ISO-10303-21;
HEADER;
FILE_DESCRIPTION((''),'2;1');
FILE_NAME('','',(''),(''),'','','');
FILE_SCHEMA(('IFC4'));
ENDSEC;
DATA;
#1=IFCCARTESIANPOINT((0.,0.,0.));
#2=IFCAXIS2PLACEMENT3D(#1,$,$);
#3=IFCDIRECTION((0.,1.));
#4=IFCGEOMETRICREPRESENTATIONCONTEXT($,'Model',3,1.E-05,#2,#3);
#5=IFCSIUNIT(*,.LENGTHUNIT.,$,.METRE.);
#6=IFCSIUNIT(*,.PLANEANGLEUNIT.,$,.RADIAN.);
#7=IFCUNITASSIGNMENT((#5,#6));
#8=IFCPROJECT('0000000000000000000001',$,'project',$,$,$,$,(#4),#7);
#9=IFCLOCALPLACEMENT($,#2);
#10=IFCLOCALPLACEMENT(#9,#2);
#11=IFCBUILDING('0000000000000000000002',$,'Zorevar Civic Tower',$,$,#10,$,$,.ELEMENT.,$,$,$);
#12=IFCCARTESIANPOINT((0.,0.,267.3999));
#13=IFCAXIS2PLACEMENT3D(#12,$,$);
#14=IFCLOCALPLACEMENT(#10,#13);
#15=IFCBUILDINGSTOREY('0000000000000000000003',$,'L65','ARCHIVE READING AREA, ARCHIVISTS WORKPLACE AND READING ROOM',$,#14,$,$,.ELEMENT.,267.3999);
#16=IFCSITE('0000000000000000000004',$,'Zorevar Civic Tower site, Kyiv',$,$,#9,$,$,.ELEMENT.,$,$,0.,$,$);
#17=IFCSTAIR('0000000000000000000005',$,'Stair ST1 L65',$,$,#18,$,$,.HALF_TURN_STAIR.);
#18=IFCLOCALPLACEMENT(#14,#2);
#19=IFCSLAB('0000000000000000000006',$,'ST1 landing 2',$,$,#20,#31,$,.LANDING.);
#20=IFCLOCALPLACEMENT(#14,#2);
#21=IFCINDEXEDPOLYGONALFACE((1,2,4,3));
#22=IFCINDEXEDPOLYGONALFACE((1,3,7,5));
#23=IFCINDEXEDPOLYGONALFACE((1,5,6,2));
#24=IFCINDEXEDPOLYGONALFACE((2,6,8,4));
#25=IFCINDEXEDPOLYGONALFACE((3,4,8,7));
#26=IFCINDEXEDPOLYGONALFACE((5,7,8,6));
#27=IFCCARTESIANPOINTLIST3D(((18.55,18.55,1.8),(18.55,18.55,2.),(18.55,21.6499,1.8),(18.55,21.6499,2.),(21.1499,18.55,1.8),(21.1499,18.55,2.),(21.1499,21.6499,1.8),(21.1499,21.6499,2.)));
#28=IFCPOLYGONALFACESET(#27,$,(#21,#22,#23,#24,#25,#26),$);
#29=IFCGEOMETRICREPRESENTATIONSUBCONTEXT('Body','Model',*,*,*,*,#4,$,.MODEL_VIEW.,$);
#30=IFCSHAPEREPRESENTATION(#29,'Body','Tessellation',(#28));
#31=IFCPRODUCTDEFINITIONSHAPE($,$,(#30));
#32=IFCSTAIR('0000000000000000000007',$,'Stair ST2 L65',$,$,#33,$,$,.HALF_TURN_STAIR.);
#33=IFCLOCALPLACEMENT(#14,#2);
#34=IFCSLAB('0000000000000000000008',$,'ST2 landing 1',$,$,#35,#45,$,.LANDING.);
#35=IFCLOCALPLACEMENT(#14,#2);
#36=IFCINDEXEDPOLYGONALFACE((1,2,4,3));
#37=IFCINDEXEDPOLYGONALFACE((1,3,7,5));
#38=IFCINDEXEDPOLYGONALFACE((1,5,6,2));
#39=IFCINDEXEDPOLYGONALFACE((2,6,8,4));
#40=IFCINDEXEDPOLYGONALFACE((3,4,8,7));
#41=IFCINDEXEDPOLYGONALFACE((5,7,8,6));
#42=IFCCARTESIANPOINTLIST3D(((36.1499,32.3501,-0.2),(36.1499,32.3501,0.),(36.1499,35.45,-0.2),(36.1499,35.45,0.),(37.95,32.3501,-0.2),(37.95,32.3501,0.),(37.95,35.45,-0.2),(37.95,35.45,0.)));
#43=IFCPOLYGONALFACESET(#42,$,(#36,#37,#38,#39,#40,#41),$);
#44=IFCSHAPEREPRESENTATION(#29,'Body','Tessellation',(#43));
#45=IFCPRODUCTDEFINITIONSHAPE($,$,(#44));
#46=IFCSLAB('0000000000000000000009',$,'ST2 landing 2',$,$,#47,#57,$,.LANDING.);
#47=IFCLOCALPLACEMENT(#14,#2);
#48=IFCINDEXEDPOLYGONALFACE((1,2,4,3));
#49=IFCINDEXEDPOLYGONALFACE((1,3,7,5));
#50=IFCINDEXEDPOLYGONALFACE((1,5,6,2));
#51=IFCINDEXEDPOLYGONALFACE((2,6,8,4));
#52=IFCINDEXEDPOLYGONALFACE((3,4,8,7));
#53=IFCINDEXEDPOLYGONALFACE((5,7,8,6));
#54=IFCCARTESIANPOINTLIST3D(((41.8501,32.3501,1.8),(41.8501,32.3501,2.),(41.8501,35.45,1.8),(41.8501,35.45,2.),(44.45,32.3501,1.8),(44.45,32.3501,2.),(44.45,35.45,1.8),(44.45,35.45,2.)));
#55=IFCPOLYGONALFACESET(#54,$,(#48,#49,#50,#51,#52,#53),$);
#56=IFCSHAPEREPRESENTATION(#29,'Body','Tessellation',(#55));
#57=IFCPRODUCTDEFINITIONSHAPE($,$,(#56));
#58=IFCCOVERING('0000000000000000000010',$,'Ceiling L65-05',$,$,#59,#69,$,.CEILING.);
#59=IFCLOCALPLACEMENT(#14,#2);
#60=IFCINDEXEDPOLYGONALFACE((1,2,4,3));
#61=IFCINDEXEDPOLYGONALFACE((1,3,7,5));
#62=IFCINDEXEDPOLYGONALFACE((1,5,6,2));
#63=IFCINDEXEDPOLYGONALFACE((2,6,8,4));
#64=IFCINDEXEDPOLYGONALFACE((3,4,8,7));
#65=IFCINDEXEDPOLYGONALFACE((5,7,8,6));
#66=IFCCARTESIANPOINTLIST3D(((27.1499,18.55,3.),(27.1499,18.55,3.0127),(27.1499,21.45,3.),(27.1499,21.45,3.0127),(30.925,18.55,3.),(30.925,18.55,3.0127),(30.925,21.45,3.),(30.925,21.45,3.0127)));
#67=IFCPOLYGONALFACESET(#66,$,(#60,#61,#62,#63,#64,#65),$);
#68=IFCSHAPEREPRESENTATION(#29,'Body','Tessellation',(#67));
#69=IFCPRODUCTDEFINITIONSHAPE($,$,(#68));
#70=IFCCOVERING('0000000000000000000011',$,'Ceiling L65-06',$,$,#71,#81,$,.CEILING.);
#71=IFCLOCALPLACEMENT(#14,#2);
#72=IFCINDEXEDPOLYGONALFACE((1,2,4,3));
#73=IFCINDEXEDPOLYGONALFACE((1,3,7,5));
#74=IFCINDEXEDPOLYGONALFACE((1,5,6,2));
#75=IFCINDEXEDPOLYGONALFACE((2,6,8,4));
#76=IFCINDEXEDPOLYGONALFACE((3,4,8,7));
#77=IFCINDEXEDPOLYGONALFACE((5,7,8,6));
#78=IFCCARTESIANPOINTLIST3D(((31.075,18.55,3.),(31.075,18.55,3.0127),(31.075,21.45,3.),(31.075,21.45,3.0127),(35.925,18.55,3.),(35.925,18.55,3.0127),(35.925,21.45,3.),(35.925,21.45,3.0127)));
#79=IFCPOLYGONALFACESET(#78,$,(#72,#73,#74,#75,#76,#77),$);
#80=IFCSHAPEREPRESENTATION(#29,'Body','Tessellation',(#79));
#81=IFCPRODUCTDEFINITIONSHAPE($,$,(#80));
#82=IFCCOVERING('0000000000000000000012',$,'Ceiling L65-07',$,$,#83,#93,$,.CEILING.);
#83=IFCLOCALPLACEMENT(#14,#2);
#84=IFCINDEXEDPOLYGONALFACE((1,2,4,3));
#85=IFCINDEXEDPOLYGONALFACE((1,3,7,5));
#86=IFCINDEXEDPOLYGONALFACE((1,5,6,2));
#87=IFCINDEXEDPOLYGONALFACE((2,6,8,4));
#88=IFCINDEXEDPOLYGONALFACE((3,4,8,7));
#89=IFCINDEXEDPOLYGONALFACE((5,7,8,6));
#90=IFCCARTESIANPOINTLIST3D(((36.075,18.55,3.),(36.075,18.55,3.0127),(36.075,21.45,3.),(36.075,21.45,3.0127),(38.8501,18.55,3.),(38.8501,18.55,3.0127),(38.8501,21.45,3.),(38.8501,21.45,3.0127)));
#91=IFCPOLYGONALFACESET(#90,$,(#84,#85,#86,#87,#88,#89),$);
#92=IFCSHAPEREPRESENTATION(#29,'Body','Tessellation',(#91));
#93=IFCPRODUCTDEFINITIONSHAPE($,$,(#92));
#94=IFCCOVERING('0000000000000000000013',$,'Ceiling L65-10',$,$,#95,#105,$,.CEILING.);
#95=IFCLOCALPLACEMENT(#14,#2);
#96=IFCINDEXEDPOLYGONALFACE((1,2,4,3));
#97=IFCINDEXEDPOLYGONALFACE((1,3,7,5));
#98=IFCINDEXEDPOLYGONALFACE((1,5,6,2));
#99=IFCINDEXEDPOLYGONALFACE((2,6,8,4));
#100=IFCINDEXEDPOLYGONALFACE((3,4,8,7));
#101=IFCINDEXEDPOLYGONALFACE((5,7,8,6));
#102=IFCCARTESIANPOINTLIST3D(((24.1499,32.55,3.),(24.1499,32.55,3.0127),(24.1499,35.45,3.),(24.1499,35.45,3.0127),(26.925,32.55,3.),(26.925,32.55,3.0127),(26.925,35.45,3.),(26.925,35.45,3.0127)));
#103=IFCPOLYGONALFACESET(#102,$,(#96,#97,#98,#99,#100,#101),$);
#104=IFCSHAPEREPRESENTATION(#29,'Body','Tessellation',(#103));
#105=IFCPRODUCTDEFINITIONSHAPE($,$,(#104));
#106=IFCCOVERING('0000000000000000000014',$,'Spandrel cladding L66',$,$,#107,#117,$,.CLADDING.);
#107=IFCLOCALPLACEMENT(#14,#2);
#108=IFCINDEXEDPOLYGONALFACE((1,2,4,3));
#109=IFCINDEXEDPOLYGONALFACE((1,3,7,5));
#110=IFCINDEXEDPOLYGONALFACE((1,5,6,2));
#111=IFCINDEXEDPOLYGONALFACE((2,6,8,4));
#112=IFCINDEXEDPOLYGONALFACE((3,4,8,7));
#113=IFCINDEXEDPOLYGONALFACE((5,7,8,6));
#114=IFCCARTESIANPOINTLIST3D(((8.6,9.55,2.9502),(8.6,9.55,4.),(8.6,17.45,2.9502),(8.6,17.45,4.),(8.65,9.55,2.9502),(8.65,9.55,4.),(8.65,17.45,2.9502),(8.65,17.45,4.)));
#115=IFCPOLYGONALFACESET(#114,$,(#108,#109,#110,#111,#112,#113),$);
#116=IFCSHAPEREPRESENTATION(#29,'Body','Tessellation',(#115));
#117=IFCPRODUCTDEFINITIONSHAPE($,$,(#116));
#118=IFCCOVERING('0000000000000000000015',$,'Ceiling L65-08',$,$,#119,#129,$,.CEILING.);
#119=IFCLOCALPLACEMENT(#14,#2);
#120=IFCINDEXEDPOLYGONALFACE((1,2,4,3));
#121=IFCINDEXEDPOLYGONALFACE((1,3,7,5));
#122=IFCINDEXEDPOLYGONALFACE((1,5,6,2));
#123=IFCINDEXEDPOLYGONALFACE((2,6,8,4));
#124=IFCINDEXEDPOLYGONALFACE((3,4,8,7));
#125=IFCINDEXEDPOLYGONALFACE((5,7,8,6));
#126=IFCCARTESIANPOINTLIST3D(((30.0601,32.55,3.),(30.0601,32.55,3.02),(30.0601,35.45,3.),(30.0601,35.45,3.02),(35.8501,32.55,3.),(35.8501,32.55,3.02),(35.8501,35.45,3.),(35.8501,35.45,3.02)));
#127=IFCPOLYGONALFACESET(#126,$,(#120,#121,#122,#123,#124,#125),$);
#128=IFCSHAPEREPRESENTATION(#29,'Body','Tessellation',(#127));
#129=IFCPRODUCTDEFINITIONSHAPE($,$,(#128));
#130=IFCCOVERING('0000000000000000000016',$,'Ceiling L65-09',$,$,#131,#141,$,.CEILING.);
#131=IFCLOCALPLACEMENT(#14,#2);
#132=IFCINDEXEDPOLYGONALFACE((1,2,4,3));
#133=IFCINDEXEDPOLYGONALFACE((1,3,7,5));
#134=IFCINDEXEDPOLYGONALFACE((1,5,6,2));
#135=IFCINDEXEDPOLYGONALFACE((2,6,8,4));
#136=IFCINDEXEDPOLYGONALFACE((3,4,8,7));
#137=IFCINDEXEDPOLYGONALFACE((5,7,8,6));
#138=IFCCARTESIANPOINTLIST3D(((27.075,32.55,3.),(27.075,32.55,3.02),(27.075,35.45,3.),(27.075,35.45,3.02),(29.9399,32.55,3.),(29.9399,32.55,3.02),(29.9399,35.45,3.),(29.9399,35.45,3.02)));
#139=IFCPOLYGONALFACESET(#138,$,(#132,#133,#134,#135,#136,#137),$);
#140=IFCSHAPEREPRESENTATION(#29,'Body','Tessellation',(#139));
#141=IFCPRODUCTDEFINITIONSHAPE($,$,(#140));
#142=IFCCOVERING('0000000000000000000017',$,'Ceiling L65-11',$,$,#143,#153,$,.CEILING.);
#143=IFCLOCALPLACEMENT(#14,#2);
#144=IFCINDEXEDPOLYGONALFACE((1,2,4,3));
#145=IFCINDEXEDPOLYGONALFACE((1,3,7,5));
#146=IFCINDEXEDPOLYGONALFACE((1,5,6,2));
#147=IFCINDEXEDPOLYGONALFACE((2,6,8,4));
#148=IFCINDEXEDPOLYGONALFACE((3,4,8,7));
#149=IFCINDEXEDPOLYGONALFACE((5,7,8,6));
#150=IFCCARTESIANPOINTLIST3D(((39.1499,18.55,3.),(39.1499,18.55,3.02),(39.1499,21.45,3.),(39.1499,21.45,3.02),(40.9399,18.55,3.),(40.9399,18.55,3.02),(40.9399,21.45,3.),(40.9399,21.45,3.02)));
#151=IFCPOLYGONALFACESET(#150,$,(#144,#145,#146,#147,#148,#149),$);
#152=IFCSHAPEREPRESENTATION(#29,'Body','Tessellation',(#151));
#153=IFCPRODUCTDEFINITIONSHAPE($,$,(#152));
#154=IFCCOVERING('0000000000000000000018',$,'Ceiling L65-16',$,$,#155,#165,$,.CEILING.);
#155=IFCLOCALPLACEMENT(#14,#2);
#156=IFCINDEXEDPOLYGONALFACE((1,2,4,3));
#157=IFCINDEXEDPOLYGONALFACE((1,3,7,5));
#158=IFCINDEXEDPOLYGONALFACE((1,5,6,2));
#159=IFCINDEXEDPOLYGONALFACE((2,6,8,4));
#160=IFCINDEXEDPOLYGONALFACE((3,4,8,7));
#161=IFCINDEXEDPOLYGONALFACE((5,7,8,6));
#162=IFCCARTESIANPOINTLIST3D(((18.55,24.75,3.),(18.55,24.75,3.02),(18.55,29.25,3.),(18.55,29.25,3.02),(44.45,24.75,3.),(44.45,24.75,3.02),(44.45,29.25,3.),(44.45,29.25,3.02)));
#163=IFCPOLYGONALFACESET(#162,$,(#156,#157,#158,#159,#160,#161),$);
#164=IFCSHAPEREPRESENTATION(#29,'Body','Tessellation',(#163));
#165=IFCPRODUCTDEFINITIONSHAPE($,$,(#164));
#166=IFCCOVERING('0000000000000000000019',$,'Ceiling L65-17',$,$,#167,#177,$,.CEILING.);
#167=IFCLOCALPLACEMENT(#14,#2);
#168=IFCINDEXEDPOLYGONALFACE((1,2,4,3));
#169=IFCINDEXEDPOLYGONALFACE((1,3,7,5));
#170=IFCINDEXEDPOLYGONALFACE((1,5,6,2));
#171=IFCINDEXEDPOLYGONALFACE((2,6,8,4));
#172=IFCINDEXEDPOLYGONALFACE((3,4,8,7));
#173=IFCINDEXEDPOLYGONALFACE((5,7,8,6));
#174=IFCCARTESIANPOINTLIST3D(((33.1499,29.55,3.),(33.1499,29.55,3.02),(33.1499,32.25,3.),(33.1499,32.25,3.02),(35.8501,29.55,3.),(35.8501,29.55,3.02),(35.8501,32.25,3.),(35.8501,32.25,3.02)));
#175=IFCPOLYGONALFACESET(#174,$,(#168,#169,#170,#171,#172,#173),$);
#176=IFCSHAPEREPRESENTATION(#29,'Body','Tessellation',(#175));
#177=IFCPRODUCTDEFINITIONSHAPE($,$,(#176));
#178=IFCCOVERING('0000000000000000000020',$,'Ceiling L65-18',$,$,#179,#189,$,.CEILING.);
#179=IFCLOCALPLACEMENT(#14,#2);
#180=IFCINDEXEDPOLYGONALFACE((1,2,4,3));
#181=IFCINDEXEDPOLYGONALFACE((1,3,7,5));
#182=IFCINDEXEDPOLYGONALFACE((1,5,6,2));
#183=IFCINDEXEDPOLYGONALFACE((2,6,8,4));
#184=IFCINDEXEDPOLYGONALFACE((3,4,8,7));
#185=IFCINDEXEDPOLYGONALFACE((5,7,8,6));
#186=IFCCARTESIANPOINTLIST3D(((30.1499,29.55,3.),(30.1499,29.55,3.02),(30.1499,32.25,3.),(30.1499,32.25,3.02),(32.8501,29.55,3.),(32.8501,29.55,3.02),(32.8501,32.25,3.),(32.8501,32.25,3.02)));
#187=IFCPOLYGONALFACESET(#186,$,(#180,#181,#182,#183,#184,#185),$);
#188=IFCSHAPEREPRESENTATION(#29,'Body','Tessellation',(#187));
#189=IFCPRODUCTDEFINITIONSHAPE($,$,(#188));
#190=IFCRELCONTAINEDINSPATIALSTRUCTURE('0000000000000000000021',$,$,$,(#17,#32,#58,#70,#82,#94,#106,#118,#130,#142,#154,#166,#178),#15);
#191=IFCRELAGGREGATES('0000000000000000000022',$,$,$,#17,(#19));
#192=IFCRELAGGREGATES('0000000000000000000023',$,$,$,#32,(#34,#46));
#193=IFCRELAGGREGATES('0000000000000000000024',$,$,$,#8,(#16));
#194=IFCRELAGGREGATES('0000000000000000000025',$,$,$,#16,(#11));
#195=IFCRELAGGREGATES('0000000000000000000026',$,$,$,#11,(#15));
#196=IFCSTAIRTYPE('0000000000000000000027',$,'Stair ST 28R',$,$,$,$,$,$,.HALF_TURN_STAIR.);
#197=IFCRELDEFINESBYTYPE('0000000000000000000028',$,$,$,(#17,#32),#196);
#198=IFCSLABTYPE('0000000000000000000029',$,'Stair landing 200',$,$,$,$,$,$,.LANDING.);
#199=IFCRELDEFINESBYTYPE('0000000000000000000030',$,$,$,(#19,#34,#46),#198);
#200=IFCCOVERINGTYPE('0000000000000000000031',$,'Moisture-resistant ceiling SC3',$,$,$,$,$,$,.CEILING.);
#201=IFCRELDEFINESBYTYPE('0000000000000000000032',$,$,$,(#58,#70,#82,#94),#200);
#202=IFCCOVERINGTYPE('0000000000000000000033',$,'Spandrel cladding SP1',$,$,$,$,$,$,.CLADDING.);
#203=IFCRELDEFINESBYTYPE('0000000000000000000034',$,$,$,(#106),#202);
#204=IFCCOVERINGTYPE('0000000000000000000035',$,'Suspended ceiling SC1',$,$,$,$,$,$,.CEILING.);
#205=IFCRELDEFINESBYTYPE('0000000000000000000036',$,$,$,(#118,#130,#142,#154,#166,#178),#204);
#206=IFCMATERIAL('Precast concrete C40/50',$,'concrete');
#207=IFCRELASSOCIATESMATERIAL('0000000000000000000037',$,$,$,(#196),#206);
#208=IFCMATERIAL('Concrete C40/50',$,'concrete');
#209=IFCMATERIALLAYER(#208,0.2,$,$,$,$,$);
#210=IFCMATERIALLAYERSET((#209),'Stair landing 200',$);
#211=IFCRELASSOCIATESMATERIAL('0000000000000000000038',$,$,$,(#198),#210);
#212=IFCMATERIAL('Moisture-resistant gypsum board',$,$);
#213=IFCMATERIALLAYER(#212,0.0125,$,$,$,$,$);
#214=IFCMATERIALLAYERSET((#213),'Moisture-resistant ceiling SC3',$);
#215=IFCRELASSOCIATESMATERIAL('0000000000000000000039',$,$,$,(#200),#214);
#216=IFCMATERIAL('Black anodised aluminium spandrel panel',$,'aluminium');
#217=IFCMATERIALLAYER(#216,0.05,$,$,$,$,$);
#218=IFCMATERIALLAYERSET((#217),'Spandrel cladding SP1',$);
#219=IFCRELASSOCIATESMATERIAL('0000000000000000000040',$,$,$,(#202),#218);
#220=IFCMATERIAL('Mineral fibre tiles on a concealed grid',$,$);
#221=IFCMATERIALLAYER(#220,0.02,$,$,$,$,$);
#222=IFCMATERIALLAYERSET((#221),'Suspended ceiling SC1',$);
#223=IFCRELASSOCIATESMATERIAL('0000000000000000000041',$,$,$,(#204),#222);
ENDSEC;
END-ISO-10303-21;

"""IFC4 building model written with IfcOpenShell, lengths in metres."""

from ifc_helpers import new_model, si_unit, direction, frame, frame_2d, origin, place, context, subcontext, project, spatial, polyline, rectangle, outline, extrude, material, layer, layer_set, type_object, element, aggregate, save


model = new_model("IFC4")

# Units and contexts
model_context = context("Model", 3, precision=1e-05, world=origin(), true_north=direction((0.0, 1.0)))
body_context = subcontext(model_context, "Body", "Model", "MODEL_VIEW")
ifc_project = project(units=[si_unit("LENGTHUNIT", "METRE"), si_unit("PLANEANGLEUNIT", "RADIAN")], contexts=[model_context])

# Site, building, storey
site_placement = place(None, origin())
site = spatial("IfcSite", under=ifc_project, at=site_placement, Name="Zorevar Civic Tower site, Kyiv", CompositionType="ELEMENT", RefElevation=0.0)
building_placement = place(site_placement, origin())
building = spatial("IfcBuilding", under=site, at=building_placement, Name="Zorevar Civic Tower", CompositionType="ELEMENT")
storey_placement = place(building_placement, frame((0.0, 0.0, 267.3999)))
storey = spatial("IfcBuildingStorey", under=building, at=storey_placement, Name="L65", Description="ARCHIVE READING AREA, ARCHIVISTS WORKPLACE AND READING ROOM", CompositionType="ELEMENT", Elevation=267.3999)

# Stairs, slabs
ifc_material_1 = material(Name="Precast concrete C40/50", Category="concrete")
stair_type = type_object("IfcStairType", Name="Stair ST 28R", PredefinedType="HALF_TURN_STAIR", material=ifc_material_1)
stair_1_placement = place(storey_placement, origin())
stair_1 = element("IfcStair", 1, at=stair_1_placement, inside=storey, type_object=stair_type, Name="Stair ST1 L65", PredefinedType="HALF_TURN_STAIR")
ifc_material_2 = material(Name="Concrete C40/50", Category="concrete")
ifc_layer_1 = layer(ifc_material_2, 0.2)
ifc_layer_set_1 = layer_set([ifc_layer_1], Name="Stair landing 200")
slab_type_1 = type_object("IfcSlabType", Name="Stair landing 200", PredefinedType="LANDING", material=ifc_layer_set_1)
slab_1_placement = place(storey_placement, frame((0.0, 0.0, 1.8)))
slab_1 = element("IfcSlab", 2, at=slab_1_placement, type_object=slab_type_1, Name="ST1 landing 2", PredefinedType="LANDING", context=body_context, shape_type="SweptSolid", body=[
    extrude(outline(polyline([(18.55, 18.55), (21.1499, 18.55), (21.1499, 21.6499), (18.55, 21.6499), (18.55, 18.55)])), origin(), (0.0, 0.0, 1.0), 0.2),
])
aggregate(stair_1, [slab_1])
stair_2_placement = place(storey_placement, origin())
stair_2 = element("IfcStair", 3, at=stair_2_placement, inside=storey, type_object=stair_type, Name="Stair ST2 L65", PredefinedType="HALF_TURN_STAIR")
slab_2_placement = place(storey_placement, frame((0.0, 0.0, -0.2)))
slab_2 = element("IfcSlab", 4, at=slab_2_placement, type_object=slab_type_1, Name="ST2 landing 1", PredefinedType="LANDING", context=body_context, shape_type="SweptSolid", body=[
    extrude(outline(polyline([(37.95, 32.3501), (36.1499, 32.3501), (36.1499, 35.45), (37.95, 35.45), (37.95, 32.3501)])), origin(), (0.0, 0.0, 1.0), 0.2),
])
slab_3_placement = place(storey_placement, frame((0.0, 0.0, 1.8)))
slab_3 = element("IfcSlab", 5, at=slab_3_placement, type_object=slab_type_1, Name="ST2 landing 2", PredefinedType="LANDING", context=body_context, shape_type="SweptSolid", body=[
    extrude(outline(polyline([(44.45, 32.3501), (41.8501, 32.3501), (41.8501, 35.45), (44.45, 35.45), (44.45, 32.3501)])), origin(), (0.0, 0.0, 1.0), 0.2),
])
aggregate(stair_2, [slab_2, slab_3])

# Coverings
ifc_material_3 = material(Name="Moisture-resistant gypsum board")
ifc_layer_2 = layer(ifc_material_3, 0.0125)
ifc_layer_set_2 = layer_set([ifc_layer_2], Name="Moisture-resistant ceiling SC3")
covering_type_1 = type_object("IfcCoveringType", Name="Moisture-resistant ceiling SC3", PredefinedType="CEILING", material=ifc_layer_set_2)
covering_1_placement = place(storey_placement, frame((0.0, 0.0, 3.0)))
element("IfcCovering", 6, at=covering_1_placement, inside=storey, type_object=covering_type_1, Name="Ceiling L65-05", PredefinedType="CEILING", context=body_context, shape_type="SweptSolid", body=[
    extrude(outline(polyline([(30.925, 18.55), (30.925, 21.45), (27.1499, 21.45), (27.1499, 18.55), (30.925, 18.55)])), origin(), (0.0, 0.0, 1.0), 0.0127),
])
covering_2_placement = place(storey_placement, frame((0.0, 0.0, 3.0)))
element("IfcCovering", 7, at=covering_2_placement, inside=storey, type_object=covering_type_1, Name="Ceiling L65-06", PredefinedType="CEILING", context=body_context, shape_type="SweptSolid", body=[
    extrude(outline(polyline([(35.925, 18.55), (35.925, 21.45), (31.075, 21.45), (31.075, 18.55), (35.925, 18.55)])), origin(), (0.0, 0.0, 1.0), 0.0127),
])
covering_3_placement = place(storey_placement, frame((0.0, 0.0, 3.0)))
element("IfcCovering", 8, at=covering_3_placement, inside=storey, type_object=covering_type_1, Name="Ceiling L65-07", PredefinedType="CEILING", context=body_context, shape_type="SweptSolid", body=[
    extrude(outline(polyline([(38.8501, 18.55), (38.8501, 21.45), (36.075, 21.45), (36.075, 18.55), (38.8501, 18.55)])), origin(), (0.0, 0.0, 1.0), 0.0127),
])
covering_4_placement = place(storey_placement, frame((0.0, 0.0, 3.0)))
element("IfcCovering", 9, at=covering_4_placement, inside=storey, type_object=covering_type_1, Name="Ceiling L65-10", PredefinedType="CEILING", context=body_context, shape_type="SweptSolid", body=[
    extrude(outline(polyline([(26.925, 32.55), (26.925, 35.45), (24.1499, 35.45), (24.1499, 32.55), (26.925, 32.55)])), origin(), (0.0, 0.0, 1.0), 0.0127),
])
ifc_material_4 = material(Name="Black anodised aluminium spandrel panel", Category="aluminium")
ifc_layer_3 = layer(ifc_material_4, 0.05)
ifc_layer_set_3 = layer_set([ifc_layer_3], Name="Spandrel cladding SP1")
covering_type_2 = type_object("IfcCoveringType", Name="Spandrel cladding SP1", PredefinedType="CLADDING", material=ifc_layer_set_3)
covering_5_placement = place(storey_placement, frame((8.625, 9.55, 2.9502), z_axis=(0.0, 0.0, 1.0), x_axis=(0.0, 1.0, 0.0)))
element("IfcCovering", 10, at=covering_5_placement, inside=storey, type_object=covering_type_2, Name="Spandrel cladding L66", PredefinedType="CLADDING", context=body_context, shape_type="SweptSolid", body=[
    extrude(rectangle(XDim=7.8999, YDim=0.05, at=frame_2d((3.95, 0.0))), origin(), (0.0, 0.0, 1.0), 1.0498),
])
ifc_material_5 = material(Name="Mineral fibre tiles on a concealed grid")
ifc_layer_4 = layer(ifc_material_5, 0.02)
ifc_layer_set_4 = layer_set([ifc_layer_4], Name="Suspended ceiling SC1")
covering_type_3 = type_object("IfcCoveringType", Name="Suspended ceiling SC1", PredefinedType="CEILING", material=ifc_layer_set_4)
covering_6_placement = place(storey_placement, frame((0.0, 0.0, 3.0)))
element("IfcCovering", 11, at=covering_6_placement, inside=storey, type_object=covering_type_3, Name="Ceiling L65-08", PredefinedType="CEILING", context=body_context, shape_type="SweptSolid", body=[
    extrude(outline(polyline([(35.8501, 32.55), (35.8501, 35.45), (30.0601, 35.45), (30.0601, 32.55), (35.8501, 32.55)])), origin(), (0.0, 0.0, 1.0), 0.02),
])
covering_7_placement = place(storey_placement, frame((0.0, 0.0, 3.0)))
element("IfcCovering", 12, at=covering_7_placement, inside=storey, type_object=covering_type_3, Name="Ceiling L65-09", PredefinedType="CEILING", context=body_context, shape_type="SweptSolid", body=[
    extrude(outline(polyline([(29.9399, 32.55), (29.9399, 35.45), (27.075, 35.45), (27.075, 32.55), (29.9399, 32.55)])), origin(), (0.0, 0.0, 1.0), 0.02),
])
covering_8_placement = place(storey_placement, frame((0.0, 0.0, 3.0)))
element("IfcCovering", 13, at=covering_8_placement, inside=storey, type_object=covering_type_3, Name="Ceiling L65-11", PredefinedType="CEILING", context=body_context, shape_type="SweptSolid", body=[
    extrude(outline(polyline([(40.9399, 18.55), (40.9399, 21.45), (39.1499, 21.45), (39.1499, 18.55), (40.9399, 18.55)])), origin(), (0.0, 0.0, 1.0), 0.02),
])
covering_9_placement = place(storey_placement, frame((0.0, 0.0, 3.0)))
element("IfcCovering", 14, at=covering_9_placement, inside=storey, type_object=covering_type_3, Name="Ceiling L65-16", PredefinedType="CEILING", context=body_context, shape_type="SweptSolid", body=[
    extrude(outline(polyline([(44.45, 24.75), (44.45, 29.25), (18.55, 29.25), (18.55, 24.75), (44.45, 24.75)])), origin(), (0.0, 0.0, 1.0), 0.02),
])
covering_10_placement = place(storey_placement, frame((0.0, 0.0, 3.0)))
element("IfcCovering", 15, at=covering_10_placement, inside=storey, type_object=covering_type_3, Name="Ceiling L65-17", PredefinedType="CEILING", context=body_context, shape_type="SweptSolid", body=[
    extrude(outline(polyline([(35.8501, 29.55), (35.8501, 32.25), (33.1499, 32.25), (33.1499, 29.55), (35.8501, 29.55)])), origin(), (0.0, 0.0, 1.0), 0.02),
])
covering_11_placement = place(storey_placement, frame((0.0, 0.0, 3.0)))
element("IfcCovering", 16, at=covering_11_placement, inside=storey, type_object=covering_type_3, Name="Ceiling L65-18", PredefinedType="CEILING", context=body_context, shape_type="SweptSolid", body=[
    extrude(outline(polyline([(32.8501, 29.55), (32.8501, 32.25), (30.1499, 32.25), (30.1499, 29.55), (32.8501, 29.55)])), origin(), (0.0, 0.0, 1.0), 0.02),
])

save(model, "model.ifc")
